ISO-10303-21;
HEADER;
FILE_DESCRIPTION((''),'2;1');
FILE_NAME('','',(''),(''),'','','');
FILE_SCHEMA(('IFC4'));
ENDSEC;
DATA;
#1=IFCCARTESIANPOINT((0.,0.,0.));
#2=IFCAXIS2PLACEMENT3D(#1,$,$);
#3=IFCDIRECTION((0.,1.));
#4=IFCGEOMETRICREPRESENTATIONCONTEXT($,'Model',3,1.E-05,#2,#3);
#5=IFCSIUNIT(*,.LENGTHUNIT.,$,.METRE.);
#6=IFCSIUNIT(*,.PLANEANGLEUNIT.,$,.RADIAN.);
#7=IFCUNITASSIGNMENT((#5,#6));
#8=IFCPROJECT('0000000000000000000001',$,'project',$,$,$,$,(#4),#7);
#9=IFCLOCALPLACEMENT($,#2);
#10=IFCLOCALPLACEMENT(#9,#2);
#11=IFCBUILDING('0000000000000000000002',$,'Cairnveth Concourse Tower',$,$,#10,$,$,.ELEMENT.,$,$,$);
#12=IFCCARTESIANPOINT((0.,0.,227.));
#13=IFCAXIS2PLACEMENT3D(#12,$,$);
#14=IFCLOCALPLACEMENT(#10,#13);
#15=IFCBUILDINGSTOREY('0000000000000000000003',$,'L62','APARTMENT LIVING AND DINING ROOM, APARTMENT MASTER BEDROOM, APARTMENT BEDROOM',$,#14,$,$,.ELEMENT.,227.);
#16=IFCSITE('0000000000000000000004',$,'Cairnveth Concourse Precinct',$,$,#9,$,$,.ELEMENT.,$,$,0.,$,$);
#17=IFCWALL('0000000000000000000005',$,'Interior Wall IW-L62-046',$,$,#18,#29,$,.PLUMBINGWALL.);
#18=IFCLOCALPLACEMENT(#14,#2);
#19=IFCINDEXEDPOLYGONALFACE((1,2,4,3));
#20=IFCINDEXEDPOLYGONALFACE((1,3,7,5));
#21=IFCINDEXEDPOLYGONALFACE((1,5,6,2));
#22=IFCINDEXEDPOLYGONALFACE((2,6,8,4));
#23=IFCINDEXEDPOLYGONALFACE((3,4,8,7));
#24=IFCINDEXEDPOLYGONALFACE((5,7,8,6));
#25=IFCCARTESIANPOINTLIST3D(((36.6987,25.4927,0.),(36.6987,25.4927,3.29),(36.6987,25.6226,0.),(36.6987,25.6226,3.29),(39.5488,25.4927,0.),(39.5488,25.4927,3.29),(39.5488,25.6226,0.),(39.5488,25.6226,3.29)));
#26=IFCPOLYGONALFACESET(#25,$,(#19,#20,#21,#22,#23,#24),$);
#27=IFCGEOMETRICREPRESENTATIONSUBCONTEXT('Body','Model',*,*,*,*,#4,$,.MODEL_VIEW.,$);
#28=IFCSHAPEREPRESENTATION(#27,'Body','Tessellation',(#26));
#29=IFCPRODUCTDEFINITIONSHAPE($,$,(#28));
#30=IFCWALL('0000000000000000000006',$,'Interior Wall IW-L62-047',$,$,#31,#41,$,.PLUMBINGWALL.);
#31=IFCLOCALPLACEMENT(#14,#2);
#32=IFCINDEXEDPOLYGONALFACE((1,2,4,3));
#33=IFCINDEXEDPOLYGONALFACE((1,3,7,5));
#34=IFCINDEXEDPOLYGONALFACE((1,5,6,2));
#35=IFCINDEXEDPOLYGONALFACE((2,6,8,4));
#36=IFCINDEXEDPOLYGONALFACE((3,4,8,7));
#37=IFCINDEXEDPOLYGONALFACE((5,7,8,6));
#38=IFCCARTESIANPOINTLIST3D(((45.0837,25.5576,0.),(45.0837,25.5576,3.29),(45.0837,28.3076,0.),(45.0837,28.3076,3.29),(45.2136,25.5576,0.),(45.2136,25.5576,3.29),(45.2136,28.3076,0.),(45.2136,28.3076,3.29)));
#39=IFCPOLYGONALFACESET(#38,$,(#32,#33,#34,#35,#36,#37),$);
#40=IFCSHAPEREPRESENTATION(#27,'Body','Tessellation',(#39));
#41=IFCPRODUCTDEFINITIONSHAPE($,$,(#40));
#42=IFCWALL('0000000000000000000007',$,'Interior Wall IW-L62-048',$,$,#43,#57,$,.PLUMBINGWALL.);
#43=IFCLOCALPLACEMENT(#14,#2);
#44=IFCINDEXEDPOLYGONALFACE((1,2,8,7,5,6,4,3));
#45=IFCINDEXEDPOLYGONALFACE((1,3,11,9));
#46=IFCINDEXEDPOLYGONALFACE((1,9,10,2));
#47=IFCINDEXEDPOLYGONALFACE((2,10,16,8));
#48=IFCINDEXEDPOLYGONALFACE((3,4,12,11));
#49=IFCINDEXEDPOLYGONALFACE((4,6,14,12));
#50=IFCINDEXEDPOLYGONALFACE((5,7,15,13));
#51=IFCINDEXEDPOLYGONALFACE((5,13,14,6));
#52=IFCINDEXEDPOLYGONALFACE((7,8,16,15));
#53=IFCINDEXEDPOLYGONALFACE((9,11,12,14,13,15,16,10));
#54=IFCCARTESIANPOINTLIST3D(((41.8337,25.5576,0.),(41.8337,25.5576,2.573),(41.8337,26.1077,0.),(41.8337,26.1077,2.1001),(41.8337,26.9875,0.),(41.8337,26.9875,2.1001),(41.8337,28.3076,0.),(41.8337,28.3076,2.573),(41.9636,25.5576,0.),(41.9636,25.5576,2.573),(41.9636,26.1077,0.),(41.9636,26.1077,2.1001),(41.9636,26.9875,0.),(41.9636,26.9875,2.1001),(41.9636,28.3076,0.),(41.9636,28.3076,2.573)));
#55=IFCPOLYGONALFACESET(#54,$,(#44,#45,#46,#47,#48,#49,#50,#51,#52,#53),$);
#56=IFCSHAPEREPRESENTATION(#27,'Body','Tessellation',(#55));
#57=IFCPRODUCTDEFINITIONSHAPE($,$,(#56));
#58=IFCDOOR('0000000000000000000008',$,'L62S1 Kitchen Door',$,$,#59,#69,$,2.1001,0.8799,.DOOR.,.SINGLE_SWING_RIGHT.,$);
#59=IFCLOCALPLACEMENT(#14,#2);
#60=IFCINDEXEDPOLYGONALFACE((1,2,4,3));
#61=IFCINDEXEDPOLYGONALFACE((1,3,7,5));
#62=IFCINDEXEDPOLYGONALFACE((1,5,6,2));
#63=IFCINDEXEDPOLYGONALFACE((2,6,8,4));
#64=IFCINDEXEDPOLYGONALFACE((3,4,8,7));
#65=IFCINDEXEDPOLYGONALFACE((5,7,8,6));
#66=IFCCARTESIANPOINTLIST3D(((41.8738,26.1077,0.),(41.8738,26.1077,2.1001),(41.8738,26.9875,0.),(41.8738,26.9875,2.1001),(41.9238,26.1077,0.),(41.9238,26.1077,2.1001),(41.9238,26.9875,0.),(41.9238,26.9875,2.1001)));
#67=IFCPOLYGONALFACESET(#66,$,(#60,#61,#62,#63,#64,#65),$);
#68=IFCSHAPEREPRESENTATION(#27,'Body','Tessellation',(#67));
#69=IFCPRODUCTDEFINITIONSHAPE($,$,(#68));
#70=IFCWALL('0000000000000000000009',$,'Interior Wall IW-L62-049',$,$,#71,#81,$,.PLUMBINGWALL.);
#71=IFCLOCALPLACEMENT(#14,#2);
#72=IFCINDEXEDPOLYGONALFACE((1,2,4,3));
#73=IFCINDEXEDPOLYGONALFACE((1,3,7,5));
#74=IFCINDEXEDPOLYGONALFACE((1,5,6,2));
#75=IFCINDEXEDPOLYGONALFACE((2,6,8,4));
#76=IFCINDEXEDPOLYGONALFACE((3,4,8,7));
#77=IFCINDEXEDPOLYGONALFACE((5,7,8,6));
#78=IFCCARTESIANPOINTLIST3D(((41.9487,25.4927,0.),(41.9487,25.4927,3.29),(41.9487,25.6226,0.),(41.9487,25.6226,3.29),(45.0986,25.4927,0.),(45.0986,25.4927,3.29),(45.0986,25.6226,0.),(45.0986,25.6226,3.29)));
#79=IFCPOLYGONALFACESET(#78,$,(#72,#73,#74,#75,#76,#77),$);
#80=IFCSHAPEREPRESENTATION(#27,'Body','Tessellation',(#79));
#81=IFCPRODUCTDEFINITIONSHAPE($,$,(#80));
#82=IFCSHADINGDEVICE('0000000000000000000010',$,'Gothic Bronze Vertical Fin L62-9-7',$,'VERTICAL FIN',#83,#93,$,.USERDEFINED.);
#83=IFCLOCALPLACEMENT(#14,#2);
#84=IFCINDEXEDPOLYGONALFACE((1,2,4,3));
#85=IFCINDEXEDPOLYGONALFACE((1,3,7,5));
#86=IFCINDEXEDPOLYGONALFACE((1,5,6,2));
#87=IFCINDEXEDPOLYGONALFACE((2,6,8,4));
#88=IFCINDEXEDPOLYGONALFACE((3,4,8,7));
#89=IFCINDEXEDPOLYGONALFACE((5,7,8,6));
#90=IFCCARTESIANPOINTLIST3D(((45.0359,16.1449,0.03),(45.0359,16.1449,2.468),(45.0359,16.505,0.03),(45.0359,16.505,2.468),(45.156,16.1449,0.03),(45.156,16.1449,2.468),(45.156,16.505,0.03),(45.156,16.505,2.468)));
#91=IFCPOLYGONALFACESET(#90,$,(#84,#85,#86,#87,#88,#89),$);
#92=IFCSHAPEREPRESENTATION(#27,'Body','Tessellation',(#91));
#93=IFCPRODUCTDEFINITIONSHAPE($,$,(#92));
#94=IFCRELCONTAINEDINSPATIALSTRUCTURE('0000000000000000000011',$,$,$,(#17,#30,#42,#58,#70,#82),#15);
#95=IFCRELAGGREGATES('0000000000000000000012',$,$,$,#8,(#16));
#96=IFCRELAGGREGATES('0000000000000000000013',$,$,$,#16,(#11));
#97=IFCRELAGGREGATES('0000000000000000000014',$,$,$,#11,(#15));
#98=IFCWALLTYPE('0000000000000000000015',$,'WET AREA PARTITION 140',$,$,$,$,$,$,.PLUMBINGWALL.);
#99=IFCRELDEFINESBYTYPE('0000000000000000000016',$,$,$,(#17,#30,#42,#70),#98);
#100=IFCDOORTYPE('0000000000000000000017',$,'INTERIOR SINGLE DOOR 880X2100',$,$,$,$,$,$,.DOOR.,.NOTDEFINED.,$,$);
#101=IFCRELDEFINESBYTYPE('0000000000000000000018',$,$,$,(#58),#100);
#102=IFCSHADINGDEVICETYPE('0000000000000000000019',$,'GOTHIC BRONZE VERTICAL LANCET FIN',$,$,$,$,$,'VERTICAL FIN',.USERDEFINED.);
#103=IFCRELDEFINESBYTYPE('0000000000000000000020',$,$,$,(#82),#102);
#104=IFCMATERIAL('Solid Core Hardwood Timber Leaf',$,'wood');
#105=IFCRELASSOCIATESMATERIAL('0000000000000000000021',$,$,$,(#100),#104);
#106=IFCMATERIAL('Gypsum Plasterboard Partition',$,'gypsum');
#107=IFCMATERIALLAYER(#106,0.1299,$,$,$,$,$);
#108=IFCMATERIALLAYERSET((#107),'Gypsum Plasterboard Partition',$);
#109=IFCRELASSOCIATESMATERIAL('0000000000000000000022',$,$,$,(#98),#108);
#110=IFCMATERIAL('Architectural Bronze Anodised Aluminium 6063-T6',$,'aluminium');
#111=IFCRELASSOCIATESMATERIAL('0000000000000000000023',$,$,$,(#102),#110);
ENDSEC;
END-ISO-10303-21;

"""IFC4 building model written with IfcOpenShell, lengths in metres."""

from ifc_helpers import new_model, si_unit, direction, frame, frame_2d, origin, origin_2d, place, context, subcontext, project, spatial, rectangle, extrude, material, layer, layer_set, type_object, element, fill, save


model = new_model("IFC4")

# Units and contexts
model_context = context("Model", 3, precision=1e-05, world=origin(), true_north=direction((0.0, 1.0)))
body_context = subcontext(model_context, "Body", "Model", "MODEL_VIEW")
ifc_project = project(units=[si_unit("LENGTHUNIT", "METRE"), si_unit("PLANEANGLEUNIT", "RADIAN")], contexts=[model_context])

# Site, building, storey
site_placement = place(None, origin())
site = spatial("IfcSite", under=ifc_project, at=site_placement, Name="Cairnveth Concourse Precinct", CompositionType="ELEMENT", RefElevation=0.0)
building_placement = place(site_placement, origin())
building = spatial("IfcBuilding", under=site, at=building_placement, Name="Cairnveth Concourse Tower", CompositionType="ELEMENT")
storey_placement = place(building_placement, frame((0.0, 0.0, 227.0)))
storey = spatial("IfcBuildingStorey", under=building, at=storey_placement, Name="L62", Description="APARTMENT LIVING AND DINING ROOM, APARTMENT MASTER BEDROOM, APARTMENT BEDROOM", CompositionType="ELEMENT", Elevation=227.0)

# Shared definitions
ifc_material_1 = material(Name="Gypsum Plasterboard Partition", Category="gypsum")
ifc_material_2 = material(Name="Solid Core Hardwood Timber Leaf", Category="wood")
door_type_1 = type_object("IfcDoorType", Name="INTERIOR SINGLE DOOR 880X2100", OperationType="NOTDEFINED", PredefinedType="DOOR", material=ifc_material_2)

# Shared definitions
ifc_layer_1 = layer(ifc_material_1, 0.1299)
ifc_layer_set_1 = layer_set([ifc_layer_1], Name="Gypsum Plasterboard Partition")
wall_type_1 = type_object("IfcWallType", Name="WET AREA PARTITION 140", PredefinedType="PLUMBINGWALL", material=ifc_layer_set_1)

# Walls
wall_1_placement = place(storey_placement, frame((36.6987, 25.5576, 0.0), z_axis=(0.0, 0.0, 1.0), x_axis=(1.0, 0.0, 0.0)))
element("IfcWall", 1, at=wall_1_placement, inside=storey, type_object=wall_type_1, Name="Interior Wall IW-L62-046", PredefinedType="PLUMBINGWALL", context=body_context, shape_type="SweptSolid", body=[
    extrude(rectangle(XDim=2.8501, YDim=0.1299, at=frame_2d((1.425, 0.0))), origin(), (0.0, 0.0, 1.0), 3.29),
])
wall_2_placement = place(storey_placement, frame((45.1487, 25.5576, 0.0), z_axis=(0.0, 0.0, 1.0), x_axis=(0.0, 1.0, 0.0)))
element("IfcWall", 2, at=wall_2_placement, inside=storey, type_object=wall_type_1, Name="Interior Wall IW-L62-047", PredefinedType="PLUMBINGWALL", context=body_context, shape_type="SweptSolid", body=[
    extrude(rectangle(XDim=2.75, YDim=0.1299, at=frame_2d((1.375, 0.0))), origin(), (0.0, 0.0, 1.0), 3.29),
])

# Wall, opening, door
wall_3_placement = place(storey_placement, frame((41.8987, 25.5576, 0.0), z_axis=(0.0, 0.0, 1.0), x_axis=(0.0, 1.0, 0.0)))
wall_3 = element("IfcWall", 3, at=wall_3_placement, inside=storey, type_object=wall_type_1, Name="Interior Wall IW-L62-048", PredefinedType="PLUMBINGWALL", context=body_context, shape_type="SweptSolid", body=[
    extrude(rectangle(XDim=2.75, YDim=0.1299, at=frame_2d((1.375, 0.0))), origin(), (0.0, 0.0, 1.0), 2.573),
])
opening_1_placement = place(wall_3_placement, frame((0.55, 0.0, 0.0)))
opening_1 = element("IfcOpeningElement", 4, at=opening_1_placement, cuts=wall_3, PredefinedType="OPENING", context=body_context, shape_type="SweptSolid", body=[
    extrude(rectangle(XDim=0.8799, YDim=2.1001, at=frame_2d((0.4399, 1.05))), frame((0.0, 0.075, 0.0), z_axis=(0.0, -1.0, 0.0), x_axis=(1.0, 0.0, 0.0)), (0.0, 0.0, 1.0), 0.1499),
])
door_1_placement = place(opening_1_placement, origin())
door_1 = element("IfcDoor", 5, at=door_1_placement, inside=storey, type_object=door_type_1, Name="L62S1 Kitchen Door", OperationType="SINGLE_SWING_RIGHT", OverallHeight=2.1001, OverallWidth=0.8799, PredefinedType="DOOR", context=body_context, shape_type="SweptSolid", body=[
    extrude(rectangle(XDim=0.8799, YDim=2.1001, at=frame_2d((0.4399, 1.05))), frame((0.0, 0.0249, 0.0), z_axis=(0.0, -1.0, 0.0), x_axis=(1.0, 0.0, 0.0)), (0.0, 0.0, 1.0), 0.05),
])
fill(opening_1, door_1)

# Wall
wall_4_placement = place(storey_placement, frame((41.9487, 25.5576, 0.0), z_axis=(0.0, 0.0, 1.0), x_axis=(1.0, 0.0, 0.0)))
element("IfcWall", 6, at=wall_4_placement, inside=storey, type_object=wall_type_1, Name="Interior Wall IW-L62-049", PredefinedType="PLUMBINGWALL", context=body_context, shape_type="SweptSolid", body=[
    extrude(rectangle(XDim=3.1499, YDim=0.1299, at=frame_2d((1.575, 0.0))), origin(), (0.0, 0.0, 1.0), 3.29),
])

# Shading device
ifc_material_3 = material(Name="Architectural Bronze Anodised Aluminium 6063-T6", Category="aluminium")
shading_device_type = type_object("IfcShadingDeviceType", Name="GOTHIC BRONZE VERTICAL LANCET FIN", ElementType="VERTICAL FIN", PredefinedType="USERDEFINED", material=ifc_material_3)
shading_device_placement = place(storey_placement, frame((45.0959, 16.325, 0.03), z_axis=(0.0, 0.0, 1.0), x_axis=(1.0, 0.0, 0.0)))
element("IfcShadingDevice", 7, at=shading_device_placement, inside=storey, type_object=shading_device_type, Name="Gothic Bronze Vertical Fin L62-9-7", ObjectType="VERTICAL FIN", PredefinedType="USERDEFINED", context=body_context, shape_type="SweptSolid", body=[
    extrude(rectangle(XDim=0.1201, YDim=0.3601, at=origin_2d()), origin(), (0.0, 0.0, 1.0), 2.438),
])

save(model, "model.ifc")
